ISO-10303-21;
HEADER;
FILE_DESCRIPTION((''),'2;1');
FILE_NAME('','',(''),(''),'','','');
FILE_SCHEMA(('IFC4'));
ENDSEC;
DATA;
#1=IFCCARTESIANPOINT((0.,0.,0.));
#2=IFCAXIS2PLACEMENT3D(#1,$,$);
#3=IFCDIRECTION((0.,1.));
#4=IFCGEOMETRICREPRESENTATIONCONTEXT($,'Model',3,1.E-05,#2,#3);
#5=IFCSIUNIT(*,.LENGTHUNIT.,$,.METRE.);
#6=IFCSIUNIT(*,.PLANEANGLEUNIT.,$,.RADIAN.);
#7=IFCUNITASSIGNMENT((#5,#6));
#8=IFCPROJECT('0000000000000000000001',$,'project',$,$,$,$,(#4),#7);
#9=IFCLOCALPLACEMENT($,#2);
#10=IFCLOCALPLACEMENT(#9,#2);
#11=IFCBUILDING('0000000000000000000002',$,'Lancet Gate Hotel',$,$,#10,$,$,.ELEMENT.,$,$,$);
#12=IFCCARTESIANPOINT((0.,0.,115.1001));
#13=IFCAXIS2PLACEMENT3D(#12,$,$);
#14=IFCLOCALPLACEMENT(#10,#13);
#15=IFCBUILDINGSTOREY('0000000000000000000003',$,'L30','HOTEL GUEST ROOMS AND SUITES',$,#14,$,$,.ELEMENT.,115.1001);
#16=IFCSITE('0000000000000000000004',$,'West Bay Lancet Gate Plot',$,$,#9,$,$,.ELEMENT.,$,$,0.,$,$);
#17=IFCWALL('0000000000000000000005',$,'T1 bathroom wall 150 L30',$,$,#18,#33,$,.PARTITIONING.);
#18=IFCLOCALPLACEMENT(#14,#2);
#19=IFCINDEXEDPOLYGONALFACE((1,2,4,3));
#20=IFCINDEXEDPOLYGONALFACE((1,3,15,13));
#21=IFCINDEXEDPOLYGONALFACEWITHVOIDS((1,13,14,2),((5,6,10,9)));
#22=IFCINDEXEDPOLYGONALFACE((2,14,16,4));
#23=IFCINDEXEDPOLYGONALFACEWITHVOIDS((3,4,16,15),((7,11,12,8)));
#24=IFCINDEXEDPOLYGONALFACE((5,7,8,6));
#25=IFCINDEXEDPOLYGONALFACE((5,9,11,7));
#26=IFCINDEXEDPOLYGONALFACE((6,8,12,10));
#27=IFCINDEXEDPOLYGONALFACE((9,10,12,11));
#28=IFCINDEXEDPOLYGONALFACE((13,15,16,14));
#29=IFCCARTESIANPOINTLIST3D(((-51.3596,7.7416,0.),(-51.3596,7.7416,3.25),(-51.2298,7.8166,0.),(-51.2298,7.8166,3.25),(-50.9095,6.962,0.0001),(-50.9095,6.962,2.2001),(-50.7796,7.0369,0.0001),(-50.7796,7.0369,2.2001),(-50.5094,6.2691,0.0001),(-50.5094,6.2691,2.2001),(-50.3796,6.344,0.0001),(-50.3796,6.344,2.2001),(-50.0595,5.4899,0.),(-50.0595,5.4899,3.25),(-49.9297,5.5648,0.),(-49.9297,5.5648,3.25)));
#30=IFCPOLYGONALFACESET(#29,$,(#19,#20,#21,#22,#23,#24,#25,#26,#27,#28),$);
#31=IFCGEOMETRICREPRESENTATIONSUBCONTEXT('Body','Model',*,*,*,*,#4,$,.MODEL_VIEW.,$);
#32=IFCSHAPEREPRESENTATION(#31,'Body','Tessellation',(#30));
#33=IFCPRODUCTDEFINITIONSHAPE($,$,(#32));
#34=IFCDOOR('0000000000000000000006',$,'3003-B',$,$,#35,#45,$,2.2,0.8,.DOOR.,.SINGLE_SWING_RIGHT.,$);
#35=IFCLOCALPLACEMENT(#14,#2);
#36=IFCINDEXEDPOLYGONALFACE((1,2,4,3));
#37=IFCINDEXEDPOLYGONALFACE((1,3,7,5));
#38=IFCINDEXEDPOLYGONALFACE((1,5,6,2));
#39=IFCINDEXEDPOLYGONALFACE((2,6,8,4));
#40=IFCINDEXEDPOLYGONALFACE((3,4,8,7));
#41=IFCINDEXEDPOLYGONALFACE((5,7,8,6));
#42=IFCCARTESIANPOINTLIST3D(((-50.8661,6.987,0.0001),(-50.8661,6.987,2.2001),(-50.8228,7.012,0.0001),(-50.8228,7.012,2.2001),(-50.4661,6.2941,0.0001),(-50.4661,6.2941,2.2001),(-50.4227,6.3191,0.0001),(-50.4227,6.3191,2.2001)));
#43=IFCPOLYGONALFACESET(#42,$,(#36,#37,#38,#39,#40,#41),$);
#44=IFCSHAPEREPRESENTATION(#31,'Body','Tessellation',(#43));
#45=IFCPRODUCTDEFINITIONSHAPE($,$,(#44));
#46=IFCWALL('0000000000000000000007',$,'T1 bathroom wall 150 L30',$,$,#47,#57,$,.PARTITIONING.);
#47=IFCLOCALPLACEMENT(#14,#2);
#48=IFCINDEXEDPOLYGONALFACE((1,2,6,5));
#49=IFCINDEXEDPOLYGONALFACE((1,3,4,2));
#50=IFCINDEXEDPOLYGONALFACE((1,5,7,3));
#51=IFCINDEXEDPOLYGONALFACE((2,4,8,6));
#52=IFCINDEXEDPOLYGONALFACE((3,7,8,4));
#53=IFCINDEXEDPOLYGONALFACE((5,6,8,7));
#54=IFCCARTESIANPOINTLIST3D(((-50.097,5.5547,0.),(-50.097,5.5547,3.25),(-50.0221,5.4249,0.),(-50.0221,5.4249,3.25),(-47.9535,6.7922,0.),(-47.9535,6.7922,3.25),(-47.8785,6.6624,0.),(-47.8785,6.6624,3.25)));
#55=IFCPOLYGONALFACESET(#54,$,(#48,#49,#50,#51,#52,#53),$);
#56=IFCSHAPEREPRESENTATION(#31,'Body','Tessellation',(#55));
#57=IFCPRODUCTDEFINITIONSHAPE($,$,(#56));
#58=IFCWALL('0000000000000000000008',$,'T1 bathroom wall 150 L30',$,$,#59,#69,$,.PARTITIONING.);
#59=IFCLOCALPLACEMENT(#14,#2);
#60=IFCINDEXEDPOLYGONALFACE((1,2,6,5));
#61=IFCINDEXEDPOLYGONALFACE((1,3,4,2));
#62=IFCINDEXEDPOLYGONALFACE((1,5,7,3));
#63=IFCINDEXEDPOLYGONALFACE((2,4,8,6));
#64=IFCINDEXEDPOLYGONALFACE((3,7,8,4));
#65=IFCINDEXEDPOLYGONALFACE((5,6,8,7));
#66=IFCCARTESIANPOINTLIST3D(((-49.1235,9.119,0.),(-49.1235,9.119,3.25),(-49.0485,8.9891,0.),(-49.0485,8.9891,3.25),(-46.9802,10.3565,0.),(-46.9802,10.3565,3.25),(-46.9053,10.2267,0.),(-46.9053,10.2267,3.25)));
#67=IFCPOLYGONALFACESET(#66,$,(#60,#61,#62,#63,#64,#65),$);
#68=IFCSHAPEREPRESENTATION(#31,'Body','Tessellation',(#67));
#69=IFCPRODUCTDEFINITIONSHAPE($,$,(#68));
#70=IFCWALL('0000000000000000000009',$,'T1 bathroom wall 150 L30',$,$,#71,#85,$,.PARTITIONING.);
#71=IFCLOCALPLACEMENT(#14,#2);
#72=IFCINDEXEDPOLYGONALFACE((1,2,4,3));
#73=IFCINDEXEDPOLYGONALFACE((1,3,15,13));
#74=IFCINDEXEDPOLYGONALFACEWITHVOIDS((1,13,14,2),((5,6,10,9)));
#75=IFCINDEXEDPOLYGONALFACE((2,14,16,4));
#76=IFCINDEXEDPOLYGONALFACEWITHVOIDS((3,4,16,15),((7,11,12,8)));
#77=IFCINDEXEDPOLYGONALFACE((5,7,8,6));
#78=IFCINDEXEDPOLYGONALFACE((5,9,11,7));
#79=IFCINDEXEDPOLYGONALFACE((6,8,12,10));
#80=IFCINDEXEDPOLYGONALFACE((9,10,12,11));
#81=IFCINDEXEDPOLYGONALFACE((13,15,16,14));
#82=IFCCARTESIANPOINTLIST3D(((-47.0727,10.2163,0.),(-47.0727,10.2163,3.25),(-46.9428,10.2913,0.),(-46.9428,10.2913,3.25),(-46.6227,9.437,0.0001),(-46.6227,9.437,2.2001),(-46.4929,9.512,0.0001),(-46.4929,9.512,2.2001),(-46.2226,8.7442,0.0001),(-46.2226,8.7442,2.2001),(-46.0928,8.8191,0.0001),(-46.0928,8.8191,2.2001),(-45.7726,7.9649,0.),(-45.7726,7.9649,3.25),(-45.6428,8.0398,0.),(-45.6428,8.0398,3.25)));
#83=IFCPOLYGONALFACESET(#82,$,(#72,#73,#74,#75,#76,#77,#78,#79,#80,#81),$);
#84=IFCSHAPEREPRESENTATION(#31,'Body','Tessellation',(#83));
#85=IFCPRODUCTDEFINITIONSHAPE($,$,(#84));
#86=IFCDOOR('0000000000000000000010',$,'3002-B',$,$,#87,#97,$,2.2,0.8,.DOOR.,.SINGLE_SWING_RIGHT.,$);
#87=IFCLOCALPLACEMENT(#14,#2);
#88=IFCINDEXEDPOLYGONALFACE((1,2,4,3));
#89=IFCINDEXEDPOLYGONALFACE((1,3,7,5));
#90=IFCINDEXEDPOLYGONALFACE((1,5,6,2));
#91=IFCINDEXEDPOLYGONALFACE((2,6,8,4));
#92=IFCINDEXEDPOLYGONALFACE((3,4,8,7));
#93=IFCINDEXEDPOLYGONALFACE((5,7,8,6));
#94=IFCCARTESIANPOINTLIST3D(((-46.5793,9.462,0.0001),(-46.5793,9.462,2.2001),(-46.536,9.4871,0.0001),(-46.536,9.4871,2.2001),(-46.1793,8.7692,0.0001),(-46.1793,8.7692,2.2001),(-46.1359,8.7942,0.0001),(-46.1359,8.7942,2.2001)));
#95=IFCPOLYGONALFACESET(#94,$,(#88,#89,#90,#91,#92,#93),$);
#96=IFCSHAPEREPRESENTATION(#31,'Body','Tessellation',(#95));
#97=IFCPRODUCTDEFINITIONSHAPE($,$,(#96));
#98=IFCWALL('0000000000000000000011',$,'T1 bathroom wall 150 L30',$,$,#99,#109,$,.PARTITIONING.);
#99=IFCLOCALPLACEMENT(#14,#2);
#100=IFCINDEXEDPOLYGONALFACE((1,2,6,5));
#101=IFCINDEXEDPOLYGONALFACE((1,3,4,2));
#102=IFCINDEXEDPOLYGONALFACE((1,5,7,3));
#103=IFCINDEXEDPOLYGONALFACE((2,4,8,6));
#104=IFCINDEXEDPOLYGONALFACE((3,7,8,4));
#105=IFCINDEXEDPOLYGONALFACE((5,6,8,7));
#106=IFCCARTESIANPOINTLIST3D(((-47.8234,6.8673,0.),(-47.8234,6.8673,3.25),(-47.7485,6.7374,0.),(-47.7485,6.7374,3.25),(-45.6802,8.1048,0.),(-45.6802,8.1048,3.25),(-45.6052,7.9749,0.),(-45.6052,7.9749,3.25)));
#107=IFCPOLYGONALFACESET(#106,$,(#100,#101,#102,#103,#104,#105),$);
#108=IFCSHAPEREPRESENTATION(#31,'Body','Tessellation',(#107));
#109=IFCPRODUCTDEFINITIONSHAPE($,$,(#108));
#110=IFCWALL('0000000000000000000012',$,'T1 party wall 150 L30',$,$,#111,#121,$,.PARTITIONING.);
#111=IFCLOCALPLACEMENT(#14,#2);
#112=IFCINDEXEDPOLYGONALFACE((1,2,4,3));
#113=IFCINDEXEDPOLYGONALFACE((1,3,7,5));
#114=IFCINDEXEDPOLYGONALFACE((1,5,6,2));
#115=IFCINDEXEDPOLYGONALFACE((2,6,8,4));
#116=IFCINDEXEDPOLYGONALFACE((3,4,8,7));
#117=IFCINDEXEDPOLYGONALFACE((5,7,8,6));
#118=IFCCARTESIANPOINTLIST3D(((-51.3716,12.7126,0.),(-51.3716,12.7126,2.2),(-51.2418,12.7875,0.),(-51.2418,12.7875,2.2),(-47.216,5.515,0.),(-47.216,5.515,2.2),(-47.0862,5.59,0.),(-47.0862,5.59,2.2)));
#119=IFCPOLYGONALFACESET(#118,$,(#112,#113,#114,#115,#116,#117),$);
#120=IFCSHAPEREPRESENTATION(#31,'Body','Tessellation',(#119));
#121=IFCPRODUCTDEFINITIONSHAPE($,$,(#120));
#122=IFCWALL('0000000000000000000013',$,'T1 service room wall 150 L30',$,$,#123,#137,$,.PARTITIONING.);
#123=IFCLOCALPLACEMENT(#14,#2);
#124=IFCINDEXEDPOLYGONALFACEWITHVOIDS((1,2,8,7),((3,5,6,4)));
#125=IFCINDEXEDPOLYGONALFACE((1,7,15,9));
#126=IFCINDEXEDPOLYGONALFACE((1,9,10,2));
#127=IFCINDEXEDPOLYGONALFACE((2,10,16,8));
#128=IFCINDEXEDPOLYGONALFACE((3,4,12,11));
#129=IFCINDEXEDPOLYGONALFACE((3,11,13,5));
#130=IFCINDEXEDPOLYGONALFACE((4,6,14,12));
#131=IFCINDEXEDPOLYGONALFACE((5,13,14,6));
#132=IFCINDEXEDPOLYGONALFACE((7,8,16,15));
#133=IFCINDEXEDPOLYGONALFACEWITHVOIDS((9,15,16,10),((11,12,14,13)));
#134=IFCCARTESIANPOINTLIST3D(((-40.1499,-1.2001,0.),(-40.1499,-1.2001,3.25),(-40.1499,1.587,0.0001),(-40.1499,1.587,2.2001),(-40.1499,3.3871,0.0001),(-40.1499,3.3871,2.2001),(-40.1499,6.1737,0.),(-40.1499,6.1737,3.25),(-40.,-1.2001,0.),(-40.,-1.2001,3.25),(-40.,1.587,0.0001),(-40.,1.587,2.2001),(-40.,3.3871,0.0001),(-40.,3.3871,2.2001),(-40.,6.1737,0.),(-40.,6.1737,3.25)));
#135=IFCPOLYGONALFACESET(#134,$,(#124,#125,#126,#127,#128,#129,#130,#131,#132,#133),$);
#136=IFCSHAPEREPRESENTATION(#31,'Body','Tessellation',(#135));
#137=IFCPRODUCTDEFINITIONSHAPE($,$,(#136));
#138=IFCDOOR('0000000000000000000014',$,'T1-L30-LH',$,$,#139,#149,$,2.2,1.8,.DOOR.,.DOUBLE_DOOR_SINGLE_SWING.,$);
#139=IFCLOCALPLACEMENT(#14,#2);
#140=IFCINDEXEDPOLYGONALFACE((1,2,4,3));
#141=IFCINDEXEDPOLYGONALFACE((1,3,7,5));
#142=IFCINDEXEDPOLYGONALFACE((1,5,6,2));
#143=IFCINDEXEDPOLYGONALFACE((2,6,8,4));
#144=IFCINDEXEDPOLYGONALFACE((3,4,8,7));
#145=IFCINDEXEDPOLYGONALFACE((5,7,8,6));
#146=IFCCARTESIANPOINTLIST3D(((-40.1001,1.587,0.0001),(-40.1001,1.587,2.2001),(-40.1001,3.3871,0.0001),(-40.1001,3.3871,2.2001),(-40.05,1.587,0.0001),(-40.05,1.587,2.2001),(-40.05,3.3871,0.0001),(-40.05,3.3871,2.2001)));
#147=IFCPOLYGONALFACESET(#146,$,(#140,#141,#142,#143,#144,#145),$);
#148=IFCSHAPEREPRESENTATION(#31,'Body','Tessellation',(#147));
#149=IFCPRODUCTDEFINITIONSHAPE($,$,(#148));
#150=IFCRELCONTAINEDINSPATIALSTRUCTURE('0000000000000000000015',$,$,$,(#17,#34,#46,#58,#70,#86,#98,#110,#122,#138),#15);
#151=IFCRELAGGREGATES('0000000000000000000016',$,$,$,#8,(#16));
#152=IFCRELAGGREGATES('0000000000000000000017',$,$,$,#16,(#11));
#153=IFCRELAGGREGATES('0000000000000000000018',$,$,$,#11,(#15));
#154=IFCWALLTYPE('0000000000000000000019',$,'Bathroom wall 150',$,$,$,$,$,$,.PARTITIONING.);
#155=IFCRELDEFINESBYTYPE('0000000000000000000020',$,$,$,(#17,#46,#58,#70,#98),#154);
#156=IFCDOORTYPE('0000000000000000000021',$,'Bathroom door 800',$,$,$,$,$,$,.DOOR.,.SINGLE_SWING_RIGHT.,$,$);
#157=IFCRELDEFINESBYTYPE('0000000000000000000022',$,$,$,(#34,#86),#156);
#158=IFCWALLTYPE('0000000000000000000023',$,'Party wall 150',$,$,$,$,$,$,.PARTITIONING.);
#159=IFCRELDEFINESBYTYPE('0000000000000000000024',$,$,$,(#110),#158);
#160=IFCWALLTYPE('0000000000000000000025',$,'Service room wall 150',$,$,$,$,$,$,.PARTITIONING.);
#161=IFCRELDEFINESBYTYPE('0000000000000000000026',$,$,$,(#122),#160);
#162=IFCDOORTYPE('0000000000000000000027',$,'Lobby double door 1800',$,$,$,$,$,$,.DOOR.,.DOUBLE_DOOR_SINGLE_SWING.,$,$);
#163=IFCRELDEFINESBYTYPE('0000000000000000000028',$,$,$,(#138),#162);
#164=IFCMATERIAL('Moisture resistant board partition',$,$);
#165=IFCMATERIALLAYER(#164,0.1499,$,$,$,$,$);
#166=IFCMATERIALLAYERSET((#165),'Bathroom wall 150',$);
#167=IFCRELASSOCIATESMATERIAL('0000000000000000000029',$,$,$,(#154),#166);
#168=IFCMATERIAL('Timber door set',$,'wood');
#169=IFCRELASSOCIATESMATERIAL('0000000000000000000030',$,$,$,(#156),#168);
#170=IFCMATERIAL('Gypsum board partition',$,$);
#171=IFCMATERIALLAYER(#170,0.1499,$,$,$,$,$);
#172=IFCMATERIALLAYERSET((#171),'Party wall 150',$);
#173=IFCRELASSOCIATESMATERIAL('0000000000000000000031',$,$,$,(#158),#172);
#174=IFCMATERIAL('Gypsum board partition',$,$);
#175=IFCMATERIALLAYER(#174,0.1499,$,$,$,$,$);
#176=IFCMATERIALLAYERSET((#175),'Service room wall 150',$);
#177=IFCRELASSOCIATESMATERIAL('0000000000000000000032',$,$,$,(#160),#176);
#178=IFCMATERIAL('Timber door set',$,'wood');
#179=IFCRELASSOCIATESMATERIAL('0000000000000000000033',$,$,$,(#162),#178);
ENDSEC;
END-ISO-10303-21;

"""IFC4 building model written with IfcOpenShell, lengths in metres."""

from ifc_helpers import new_model, si_unit, direction, frame, frame_2d, origin, place, context, subcontext, project, spatial, rectangle, extrude, material, layer, layer_set, type_object, element, fill, save


model = new_model("IFC4")

# Units and contexts
model_context = context("Model", 3, precision=1e-05, world=origin(), true_north=direction((0.0, 1.0)))
body_context = subcontext(model_context, "Body", "Model", "MODEL_VIEW")
ifc_project = project(units=[si_unit("LENGTHUNIT", "METRE"), si_unit("PLANEANGLEUNIT", "RADIAN")], contexts=[model_context])

# Site, building, storey
site_placement = place(None, origin())
site = spatial("IfcSite", under=ifc_project, at=site_placement, Name="West Bay Lancet Gate Plot", CompositionType="ELEMENT", RefElevation=0.0)
building_placement = place(site_placement, origin())
building = spatial("IfcBuilding", under=site, at=building_placement, Name="Lancet Gate Hotel", CompositionType="ELEMENT")
storey_placement = place(building_placement, frame((0.0, 0.0, 115.1001)))
storey = spatial("IfcBuildingStorey", under=building, at=storey_placement, Name="L30", Description="HOTEL GUEST ROOMS AND SUITES", CompositionType="ELEMENT", Elevation=115.1001)

# Shared definitions
ifc_material_1 = material(Name="Moisture resistant board partition")
ifc_layer_1 = layer(ifc_material_1, 0.1499)
ifc_layer_set_1 = layer_set([ifc_layer_1], Name="Bathroom wall 150")
wall_type_1 = type_object("IfcWallType", Name="Bathroom wall 150", PredefinedType="PARTITIONING", material=ifc_layer_set_1)

# Wall, opening, door
wall_1_placement = place(storey_placement, frame((-49.9946, 5.5273, 0.0), z_axis=(0.0, 0.0, 1.0), x_axis=(-0.500007, 0.866021, 0.0)))
wall_1 = element("IfcWall", 1, at=wall_1_placement, inside=storey, type_object=wall_type_1, Name="T1 bathroom wall 150 L30", PredefinedType="PARTITIONING", context=body_context, shape_type="SweptSolid", body=[
    extrude(rectangle(XDim=2.6001, YDim=0.1499, at=frame_2d((1.3, 0.0))), origin(), (0.0, 0.0, 1.0), 3.25),
])
opening_1_placement = place(wall_1_placement, frame((0.8999, 0.0, 0.0)))
opening_1 = element("IfcOpeningElement", 2, at=opening_1_placement, cuts=wall_1, PredefinedType="OPENING", context=body_context, shape_type="SweptSolid", body=[
    extrude(rectangle(XDim=0.8, YDim=2.2, at=frame_2d((0.3999, 1.1001))), frame((0.0, 0.085, 0.0), z_axis=(0.0, -1.0, 0.0), x_axis=(1.0, 0.0, 0.0)), (0.0, 0.0, 1.0), 0.1699),
])
ifc_material_2 = material(Name="Timber door set", Category="wood")
door_type_1 = type_object("IfcDoorType", Name="Bathroom door 800", OperationType="SINGLE_SWING_RIGHT", PredefinedType="DOOR", material=ifc_material_2)
door_1_placement = place(opening_1_placement, origin())
door_1 = element("IfcDoor", 3, at=door_1_placement, inside=storey, type_object=door_type_1, Name="3003-B", OperationType="SINGLE_SWING_RIGHT", OverallHeight=2.2, OverallWidth=0.8, PredefinedType="DOOR", context=body_context, shape_type="SweptSolid", body=[
    extrude(rectangle(XDim=0.8, YDim=2.2, at=frame_2d((0.3999, 1.1001))), frame((0.0, 0.0249, 0.0), z_axis=(0.0, -1.0, 0.0), x_axis=(1.0, 0.0, 0.0)), (0.0, 0.0, 1.0), 0.05),
])
fill(opening_1, door_1)

# Walls
wall_2_placement = place(storey_placement, frame((-47.916, 6.7273, 0.0), z_axis=(0.0, 0.0, 1.0), x_axis=(-0.866031, -0.49999, 0.0)))
element("IfcWall", 4, at=wall_2_placement, inside=storey, type_object=wall_type_1, Name="T1 bathroom wall 150 L30", PredefinedType="PARTITIONING", context=body_context, shape_type="SweptSolid", body=[
    extrude(rectangle(XDim=2.4751, YDim=0.1499, at=frame_2d((1.2375, 0.0))), origin(), (0.0, 0.0, 1.0), 3.25),
])
wall_3_placement = place(storey_placement, frame((-46.9429, 10.2915, 0.0), z_axis=(0.0, 0.0, 1.0), x_axis=(-0.866007, -0.500033, 0.0)))
element("IfcWall", 5, at=wall_3_placement, inside=storey, type_object=wall_type_1, Name="T1 bathroom wall 150 L30", PredefinedType="PARTITIONING", context=body_context, shape_type="SweptSolid", body=[
    extrude(rectangle(XDim=2.4749, YDim=0.1499, at=frame_2d((1.2373, 0.0))), origin(), (0.0, 0.0, 1.0), 3.25),
])

# Wall, opening, door
wall_4_placement = place(storey_placement, frame((-45.7078, 8.0024, 0.0), z_axis=(0.0, 0.0, 1.0), x_axis=(-0.500048, 0.865998, 0.0)))
wall_4 = element("IfcWall", 6, at=wall_4_placement, inside=storey, type_object=wall_type_1, Name="T1 bathroom wall 150 L30", PredefinedType="PARTITIONING", context=body_context, shape_type="SweptSolid", body=[
    extrude(rectangle(XDim=2.5999, YDim=0.1499, at=frame_2d((1.2998, 0.0))), origin(), (0.0, 0.0, 1.0), 3.25),
])
opening_2_placement = place(wall_4_placement, frame((0.8999, 0.0, 0.0)))
opening_2 = element("IfcOpeningElement", 7, at=opening_2_placement, cuts=wall_4, PredefinedType="OPENING", context=body_context, shape_type="SweptSolid", body=[
    extrude(rectangle(XDim=0.8, YDim=2.2, at=frame_2d((0.3999, 1.1001))), frame((0.0, 0.085, 0.0), z_axis=(0.0, -1.0, 0.0), x_axis=(1.0, 0.0, 0.0)), (0.0, 0.0, 1.0), 0.1699),
])
door_2_placement = place(opening_2_placement, origin())
door_2 = element("IfcDoor", 8, at=door_2_placement, inside=storey, type_object=door_type_1, Name="3002-B", OperationType="SINGLE_SWING_RIGHT", OverallHeight=2.2, OverallWidth=0.8, PredefinedType="DOOR", context=body_context, shape_type="SweptSolid", body=[
    extrude(rectangle(XDim=0.8, YDim=2.2, at=frame_2d((0.3999, 1.1001))), frame((0.0, 0.0249, 0.0), z_axis=(0.0, -1.0, 0.0), x_axis=(1.0, 0.0, 0.0)), (0.0, 0.0, 1.0), 0.05),
])
fill(opening_2, door_2)

# Walls
wall_5_placement = place(storey_placement, frame((-45.6428, 8.0398, 0.0), z_axis=(0.0, 0.0, 1.0), x_axis=(-0.866007, -0.500033, 0.0)))
element("IfcWall", 9, at=wall_5_placement, inside=storey, type_object=wall_type_1, Name="T1 bathroom wall 150 L30", PredefinedType="PARTITIONING", context=body_context, shape_type="SweptSolid", body=[
    extrude(rectangle(XDim=2.4749, YDim=0.1499, at=frame_2d((1.2373, 0.0))), origin(), (0.0, 0.0, 1.0), 3.25),
])
ifc_material_3 = material(Name="Gypsum board partition")
ifc_layer_2 = layer(ifc_material_3, 0.1499)
ifc_layer_set_2 = layer_set([ifc_layer_2], Name="Party wall 150")
wall_type_2 = type_object("IfcWallType", Name="Party wall 150", PredefinedType="PARTITIONING", material=ifc_layer_set_2)
wall_6_placement = place(storey_placement, frame((-47.1511, 5.5525, 0.0), z_axis=(0.0, 0.0, 1.0), x_axis=(-0.500003, 0.866024, 0.0)))
element("IfcWall", 10, at=wall_6_placement, inside=storey, type_object=wall_type_2, Name="T1 party wall 150 L30", PredefinedType="PARTITIONING", context=body_context, shape_type="SweptSolid", body=[
    extrude(rectangle(XDim=8.311, YDim=0.1499, at=frame_2d((4.1555, 0.0))), origin(), (0.0, 0.0, 1.0), 2.2),
])

# Wall, opening, door
ifc_material_4 = material(Name="Gypsum board partition")
ifc_layer_3 = layer(ifc_material_4, 0.1499)
ifc_layer_set_3 = layer_set([ifc_layer_3], Name="Service room wall 150")
wall_type_3 = type_object("IfcWallType", Name="Service room wall 150", PredefinedType="PARTITIONING", material=ifc_layer_set_3)
wall_7_placement = place(storey_placement, frame((-40.075, 6.1738, 0.0), z_axis=(0.0, 0.0, 1.0), x_axis=(0.0, -1.0, 0.0)))
wall_7 = element("IfcWall", 11, at=wall_7_placement, inside=storey, type_object=wall_type_3, Name="T1 service room wall 150 L30", PredefinedType="PARTITIONING", context=body_context, shape_type="SweptSolid", body=[
    extrude(rectangle(XDim=7.3738, YDim=0.1499, at=frame_2d((3.687, 0.0))), origin(), (0.0, 0.0, 1.0), 3.25),
])
opening_3_placement = place(wall_7_placement, frame((2.7869, 0.0, 0.0)))
opening_3 = element("IfcOpeningElement", 12, at=opening_3_placement, cuts=wall_7, PredefinedType="OPENING", context=body_context, shape_type="SweptSolid", body=[
    extrude(rectangle(XDim=1.8, YDim=2.2, at=frame_2d((0.8999, 1.1001))), frame((0.0, 0.085, 0.0), z_axis=(0.0, -1.0, 0.0), x_axis=(1.0, 0.0, 0.0)), (0.0, 0.0, 1.0), 0.1699),
])
ifc_material_5 = material(Name="Timber door set", Category="wood")
door_type_2 = type_object("IfcDoorType", Name="Lobby double door 1800", OperationType="DOUBLE_DOOR_SINGLE_SWING", PredefinedType="DOOR", material=ifc_material_5)
door_3_placement = place(opening_3_placement, origin())
door_3 = element("IfcDoor", 13, at=door_3_placement, inside=storey, type_object=door_type_2, Name="T1-L30-LH", OperationType="DOUBLE_DOOR_SINGLE_SWING", OverallHeight=2.2, OverallWidth=1.8, PredefinedType="DOOR", context=body_context, shape_type="SweptSolid", body=[
    extrude(rectangle(XDim=1.8, YDim=2.2, at=frame_2d((0.8999, 1.1001))), frame((0.0, 0.0249, 0.0), z_axis=(0.0, -1.0, 0.0), x_axis=(1.0, 0.0, 0.0)), (0.0, 0.0, 1.0), 0.05),
])
fill(opening_3, door_3)

save(model, "model.ifc")
